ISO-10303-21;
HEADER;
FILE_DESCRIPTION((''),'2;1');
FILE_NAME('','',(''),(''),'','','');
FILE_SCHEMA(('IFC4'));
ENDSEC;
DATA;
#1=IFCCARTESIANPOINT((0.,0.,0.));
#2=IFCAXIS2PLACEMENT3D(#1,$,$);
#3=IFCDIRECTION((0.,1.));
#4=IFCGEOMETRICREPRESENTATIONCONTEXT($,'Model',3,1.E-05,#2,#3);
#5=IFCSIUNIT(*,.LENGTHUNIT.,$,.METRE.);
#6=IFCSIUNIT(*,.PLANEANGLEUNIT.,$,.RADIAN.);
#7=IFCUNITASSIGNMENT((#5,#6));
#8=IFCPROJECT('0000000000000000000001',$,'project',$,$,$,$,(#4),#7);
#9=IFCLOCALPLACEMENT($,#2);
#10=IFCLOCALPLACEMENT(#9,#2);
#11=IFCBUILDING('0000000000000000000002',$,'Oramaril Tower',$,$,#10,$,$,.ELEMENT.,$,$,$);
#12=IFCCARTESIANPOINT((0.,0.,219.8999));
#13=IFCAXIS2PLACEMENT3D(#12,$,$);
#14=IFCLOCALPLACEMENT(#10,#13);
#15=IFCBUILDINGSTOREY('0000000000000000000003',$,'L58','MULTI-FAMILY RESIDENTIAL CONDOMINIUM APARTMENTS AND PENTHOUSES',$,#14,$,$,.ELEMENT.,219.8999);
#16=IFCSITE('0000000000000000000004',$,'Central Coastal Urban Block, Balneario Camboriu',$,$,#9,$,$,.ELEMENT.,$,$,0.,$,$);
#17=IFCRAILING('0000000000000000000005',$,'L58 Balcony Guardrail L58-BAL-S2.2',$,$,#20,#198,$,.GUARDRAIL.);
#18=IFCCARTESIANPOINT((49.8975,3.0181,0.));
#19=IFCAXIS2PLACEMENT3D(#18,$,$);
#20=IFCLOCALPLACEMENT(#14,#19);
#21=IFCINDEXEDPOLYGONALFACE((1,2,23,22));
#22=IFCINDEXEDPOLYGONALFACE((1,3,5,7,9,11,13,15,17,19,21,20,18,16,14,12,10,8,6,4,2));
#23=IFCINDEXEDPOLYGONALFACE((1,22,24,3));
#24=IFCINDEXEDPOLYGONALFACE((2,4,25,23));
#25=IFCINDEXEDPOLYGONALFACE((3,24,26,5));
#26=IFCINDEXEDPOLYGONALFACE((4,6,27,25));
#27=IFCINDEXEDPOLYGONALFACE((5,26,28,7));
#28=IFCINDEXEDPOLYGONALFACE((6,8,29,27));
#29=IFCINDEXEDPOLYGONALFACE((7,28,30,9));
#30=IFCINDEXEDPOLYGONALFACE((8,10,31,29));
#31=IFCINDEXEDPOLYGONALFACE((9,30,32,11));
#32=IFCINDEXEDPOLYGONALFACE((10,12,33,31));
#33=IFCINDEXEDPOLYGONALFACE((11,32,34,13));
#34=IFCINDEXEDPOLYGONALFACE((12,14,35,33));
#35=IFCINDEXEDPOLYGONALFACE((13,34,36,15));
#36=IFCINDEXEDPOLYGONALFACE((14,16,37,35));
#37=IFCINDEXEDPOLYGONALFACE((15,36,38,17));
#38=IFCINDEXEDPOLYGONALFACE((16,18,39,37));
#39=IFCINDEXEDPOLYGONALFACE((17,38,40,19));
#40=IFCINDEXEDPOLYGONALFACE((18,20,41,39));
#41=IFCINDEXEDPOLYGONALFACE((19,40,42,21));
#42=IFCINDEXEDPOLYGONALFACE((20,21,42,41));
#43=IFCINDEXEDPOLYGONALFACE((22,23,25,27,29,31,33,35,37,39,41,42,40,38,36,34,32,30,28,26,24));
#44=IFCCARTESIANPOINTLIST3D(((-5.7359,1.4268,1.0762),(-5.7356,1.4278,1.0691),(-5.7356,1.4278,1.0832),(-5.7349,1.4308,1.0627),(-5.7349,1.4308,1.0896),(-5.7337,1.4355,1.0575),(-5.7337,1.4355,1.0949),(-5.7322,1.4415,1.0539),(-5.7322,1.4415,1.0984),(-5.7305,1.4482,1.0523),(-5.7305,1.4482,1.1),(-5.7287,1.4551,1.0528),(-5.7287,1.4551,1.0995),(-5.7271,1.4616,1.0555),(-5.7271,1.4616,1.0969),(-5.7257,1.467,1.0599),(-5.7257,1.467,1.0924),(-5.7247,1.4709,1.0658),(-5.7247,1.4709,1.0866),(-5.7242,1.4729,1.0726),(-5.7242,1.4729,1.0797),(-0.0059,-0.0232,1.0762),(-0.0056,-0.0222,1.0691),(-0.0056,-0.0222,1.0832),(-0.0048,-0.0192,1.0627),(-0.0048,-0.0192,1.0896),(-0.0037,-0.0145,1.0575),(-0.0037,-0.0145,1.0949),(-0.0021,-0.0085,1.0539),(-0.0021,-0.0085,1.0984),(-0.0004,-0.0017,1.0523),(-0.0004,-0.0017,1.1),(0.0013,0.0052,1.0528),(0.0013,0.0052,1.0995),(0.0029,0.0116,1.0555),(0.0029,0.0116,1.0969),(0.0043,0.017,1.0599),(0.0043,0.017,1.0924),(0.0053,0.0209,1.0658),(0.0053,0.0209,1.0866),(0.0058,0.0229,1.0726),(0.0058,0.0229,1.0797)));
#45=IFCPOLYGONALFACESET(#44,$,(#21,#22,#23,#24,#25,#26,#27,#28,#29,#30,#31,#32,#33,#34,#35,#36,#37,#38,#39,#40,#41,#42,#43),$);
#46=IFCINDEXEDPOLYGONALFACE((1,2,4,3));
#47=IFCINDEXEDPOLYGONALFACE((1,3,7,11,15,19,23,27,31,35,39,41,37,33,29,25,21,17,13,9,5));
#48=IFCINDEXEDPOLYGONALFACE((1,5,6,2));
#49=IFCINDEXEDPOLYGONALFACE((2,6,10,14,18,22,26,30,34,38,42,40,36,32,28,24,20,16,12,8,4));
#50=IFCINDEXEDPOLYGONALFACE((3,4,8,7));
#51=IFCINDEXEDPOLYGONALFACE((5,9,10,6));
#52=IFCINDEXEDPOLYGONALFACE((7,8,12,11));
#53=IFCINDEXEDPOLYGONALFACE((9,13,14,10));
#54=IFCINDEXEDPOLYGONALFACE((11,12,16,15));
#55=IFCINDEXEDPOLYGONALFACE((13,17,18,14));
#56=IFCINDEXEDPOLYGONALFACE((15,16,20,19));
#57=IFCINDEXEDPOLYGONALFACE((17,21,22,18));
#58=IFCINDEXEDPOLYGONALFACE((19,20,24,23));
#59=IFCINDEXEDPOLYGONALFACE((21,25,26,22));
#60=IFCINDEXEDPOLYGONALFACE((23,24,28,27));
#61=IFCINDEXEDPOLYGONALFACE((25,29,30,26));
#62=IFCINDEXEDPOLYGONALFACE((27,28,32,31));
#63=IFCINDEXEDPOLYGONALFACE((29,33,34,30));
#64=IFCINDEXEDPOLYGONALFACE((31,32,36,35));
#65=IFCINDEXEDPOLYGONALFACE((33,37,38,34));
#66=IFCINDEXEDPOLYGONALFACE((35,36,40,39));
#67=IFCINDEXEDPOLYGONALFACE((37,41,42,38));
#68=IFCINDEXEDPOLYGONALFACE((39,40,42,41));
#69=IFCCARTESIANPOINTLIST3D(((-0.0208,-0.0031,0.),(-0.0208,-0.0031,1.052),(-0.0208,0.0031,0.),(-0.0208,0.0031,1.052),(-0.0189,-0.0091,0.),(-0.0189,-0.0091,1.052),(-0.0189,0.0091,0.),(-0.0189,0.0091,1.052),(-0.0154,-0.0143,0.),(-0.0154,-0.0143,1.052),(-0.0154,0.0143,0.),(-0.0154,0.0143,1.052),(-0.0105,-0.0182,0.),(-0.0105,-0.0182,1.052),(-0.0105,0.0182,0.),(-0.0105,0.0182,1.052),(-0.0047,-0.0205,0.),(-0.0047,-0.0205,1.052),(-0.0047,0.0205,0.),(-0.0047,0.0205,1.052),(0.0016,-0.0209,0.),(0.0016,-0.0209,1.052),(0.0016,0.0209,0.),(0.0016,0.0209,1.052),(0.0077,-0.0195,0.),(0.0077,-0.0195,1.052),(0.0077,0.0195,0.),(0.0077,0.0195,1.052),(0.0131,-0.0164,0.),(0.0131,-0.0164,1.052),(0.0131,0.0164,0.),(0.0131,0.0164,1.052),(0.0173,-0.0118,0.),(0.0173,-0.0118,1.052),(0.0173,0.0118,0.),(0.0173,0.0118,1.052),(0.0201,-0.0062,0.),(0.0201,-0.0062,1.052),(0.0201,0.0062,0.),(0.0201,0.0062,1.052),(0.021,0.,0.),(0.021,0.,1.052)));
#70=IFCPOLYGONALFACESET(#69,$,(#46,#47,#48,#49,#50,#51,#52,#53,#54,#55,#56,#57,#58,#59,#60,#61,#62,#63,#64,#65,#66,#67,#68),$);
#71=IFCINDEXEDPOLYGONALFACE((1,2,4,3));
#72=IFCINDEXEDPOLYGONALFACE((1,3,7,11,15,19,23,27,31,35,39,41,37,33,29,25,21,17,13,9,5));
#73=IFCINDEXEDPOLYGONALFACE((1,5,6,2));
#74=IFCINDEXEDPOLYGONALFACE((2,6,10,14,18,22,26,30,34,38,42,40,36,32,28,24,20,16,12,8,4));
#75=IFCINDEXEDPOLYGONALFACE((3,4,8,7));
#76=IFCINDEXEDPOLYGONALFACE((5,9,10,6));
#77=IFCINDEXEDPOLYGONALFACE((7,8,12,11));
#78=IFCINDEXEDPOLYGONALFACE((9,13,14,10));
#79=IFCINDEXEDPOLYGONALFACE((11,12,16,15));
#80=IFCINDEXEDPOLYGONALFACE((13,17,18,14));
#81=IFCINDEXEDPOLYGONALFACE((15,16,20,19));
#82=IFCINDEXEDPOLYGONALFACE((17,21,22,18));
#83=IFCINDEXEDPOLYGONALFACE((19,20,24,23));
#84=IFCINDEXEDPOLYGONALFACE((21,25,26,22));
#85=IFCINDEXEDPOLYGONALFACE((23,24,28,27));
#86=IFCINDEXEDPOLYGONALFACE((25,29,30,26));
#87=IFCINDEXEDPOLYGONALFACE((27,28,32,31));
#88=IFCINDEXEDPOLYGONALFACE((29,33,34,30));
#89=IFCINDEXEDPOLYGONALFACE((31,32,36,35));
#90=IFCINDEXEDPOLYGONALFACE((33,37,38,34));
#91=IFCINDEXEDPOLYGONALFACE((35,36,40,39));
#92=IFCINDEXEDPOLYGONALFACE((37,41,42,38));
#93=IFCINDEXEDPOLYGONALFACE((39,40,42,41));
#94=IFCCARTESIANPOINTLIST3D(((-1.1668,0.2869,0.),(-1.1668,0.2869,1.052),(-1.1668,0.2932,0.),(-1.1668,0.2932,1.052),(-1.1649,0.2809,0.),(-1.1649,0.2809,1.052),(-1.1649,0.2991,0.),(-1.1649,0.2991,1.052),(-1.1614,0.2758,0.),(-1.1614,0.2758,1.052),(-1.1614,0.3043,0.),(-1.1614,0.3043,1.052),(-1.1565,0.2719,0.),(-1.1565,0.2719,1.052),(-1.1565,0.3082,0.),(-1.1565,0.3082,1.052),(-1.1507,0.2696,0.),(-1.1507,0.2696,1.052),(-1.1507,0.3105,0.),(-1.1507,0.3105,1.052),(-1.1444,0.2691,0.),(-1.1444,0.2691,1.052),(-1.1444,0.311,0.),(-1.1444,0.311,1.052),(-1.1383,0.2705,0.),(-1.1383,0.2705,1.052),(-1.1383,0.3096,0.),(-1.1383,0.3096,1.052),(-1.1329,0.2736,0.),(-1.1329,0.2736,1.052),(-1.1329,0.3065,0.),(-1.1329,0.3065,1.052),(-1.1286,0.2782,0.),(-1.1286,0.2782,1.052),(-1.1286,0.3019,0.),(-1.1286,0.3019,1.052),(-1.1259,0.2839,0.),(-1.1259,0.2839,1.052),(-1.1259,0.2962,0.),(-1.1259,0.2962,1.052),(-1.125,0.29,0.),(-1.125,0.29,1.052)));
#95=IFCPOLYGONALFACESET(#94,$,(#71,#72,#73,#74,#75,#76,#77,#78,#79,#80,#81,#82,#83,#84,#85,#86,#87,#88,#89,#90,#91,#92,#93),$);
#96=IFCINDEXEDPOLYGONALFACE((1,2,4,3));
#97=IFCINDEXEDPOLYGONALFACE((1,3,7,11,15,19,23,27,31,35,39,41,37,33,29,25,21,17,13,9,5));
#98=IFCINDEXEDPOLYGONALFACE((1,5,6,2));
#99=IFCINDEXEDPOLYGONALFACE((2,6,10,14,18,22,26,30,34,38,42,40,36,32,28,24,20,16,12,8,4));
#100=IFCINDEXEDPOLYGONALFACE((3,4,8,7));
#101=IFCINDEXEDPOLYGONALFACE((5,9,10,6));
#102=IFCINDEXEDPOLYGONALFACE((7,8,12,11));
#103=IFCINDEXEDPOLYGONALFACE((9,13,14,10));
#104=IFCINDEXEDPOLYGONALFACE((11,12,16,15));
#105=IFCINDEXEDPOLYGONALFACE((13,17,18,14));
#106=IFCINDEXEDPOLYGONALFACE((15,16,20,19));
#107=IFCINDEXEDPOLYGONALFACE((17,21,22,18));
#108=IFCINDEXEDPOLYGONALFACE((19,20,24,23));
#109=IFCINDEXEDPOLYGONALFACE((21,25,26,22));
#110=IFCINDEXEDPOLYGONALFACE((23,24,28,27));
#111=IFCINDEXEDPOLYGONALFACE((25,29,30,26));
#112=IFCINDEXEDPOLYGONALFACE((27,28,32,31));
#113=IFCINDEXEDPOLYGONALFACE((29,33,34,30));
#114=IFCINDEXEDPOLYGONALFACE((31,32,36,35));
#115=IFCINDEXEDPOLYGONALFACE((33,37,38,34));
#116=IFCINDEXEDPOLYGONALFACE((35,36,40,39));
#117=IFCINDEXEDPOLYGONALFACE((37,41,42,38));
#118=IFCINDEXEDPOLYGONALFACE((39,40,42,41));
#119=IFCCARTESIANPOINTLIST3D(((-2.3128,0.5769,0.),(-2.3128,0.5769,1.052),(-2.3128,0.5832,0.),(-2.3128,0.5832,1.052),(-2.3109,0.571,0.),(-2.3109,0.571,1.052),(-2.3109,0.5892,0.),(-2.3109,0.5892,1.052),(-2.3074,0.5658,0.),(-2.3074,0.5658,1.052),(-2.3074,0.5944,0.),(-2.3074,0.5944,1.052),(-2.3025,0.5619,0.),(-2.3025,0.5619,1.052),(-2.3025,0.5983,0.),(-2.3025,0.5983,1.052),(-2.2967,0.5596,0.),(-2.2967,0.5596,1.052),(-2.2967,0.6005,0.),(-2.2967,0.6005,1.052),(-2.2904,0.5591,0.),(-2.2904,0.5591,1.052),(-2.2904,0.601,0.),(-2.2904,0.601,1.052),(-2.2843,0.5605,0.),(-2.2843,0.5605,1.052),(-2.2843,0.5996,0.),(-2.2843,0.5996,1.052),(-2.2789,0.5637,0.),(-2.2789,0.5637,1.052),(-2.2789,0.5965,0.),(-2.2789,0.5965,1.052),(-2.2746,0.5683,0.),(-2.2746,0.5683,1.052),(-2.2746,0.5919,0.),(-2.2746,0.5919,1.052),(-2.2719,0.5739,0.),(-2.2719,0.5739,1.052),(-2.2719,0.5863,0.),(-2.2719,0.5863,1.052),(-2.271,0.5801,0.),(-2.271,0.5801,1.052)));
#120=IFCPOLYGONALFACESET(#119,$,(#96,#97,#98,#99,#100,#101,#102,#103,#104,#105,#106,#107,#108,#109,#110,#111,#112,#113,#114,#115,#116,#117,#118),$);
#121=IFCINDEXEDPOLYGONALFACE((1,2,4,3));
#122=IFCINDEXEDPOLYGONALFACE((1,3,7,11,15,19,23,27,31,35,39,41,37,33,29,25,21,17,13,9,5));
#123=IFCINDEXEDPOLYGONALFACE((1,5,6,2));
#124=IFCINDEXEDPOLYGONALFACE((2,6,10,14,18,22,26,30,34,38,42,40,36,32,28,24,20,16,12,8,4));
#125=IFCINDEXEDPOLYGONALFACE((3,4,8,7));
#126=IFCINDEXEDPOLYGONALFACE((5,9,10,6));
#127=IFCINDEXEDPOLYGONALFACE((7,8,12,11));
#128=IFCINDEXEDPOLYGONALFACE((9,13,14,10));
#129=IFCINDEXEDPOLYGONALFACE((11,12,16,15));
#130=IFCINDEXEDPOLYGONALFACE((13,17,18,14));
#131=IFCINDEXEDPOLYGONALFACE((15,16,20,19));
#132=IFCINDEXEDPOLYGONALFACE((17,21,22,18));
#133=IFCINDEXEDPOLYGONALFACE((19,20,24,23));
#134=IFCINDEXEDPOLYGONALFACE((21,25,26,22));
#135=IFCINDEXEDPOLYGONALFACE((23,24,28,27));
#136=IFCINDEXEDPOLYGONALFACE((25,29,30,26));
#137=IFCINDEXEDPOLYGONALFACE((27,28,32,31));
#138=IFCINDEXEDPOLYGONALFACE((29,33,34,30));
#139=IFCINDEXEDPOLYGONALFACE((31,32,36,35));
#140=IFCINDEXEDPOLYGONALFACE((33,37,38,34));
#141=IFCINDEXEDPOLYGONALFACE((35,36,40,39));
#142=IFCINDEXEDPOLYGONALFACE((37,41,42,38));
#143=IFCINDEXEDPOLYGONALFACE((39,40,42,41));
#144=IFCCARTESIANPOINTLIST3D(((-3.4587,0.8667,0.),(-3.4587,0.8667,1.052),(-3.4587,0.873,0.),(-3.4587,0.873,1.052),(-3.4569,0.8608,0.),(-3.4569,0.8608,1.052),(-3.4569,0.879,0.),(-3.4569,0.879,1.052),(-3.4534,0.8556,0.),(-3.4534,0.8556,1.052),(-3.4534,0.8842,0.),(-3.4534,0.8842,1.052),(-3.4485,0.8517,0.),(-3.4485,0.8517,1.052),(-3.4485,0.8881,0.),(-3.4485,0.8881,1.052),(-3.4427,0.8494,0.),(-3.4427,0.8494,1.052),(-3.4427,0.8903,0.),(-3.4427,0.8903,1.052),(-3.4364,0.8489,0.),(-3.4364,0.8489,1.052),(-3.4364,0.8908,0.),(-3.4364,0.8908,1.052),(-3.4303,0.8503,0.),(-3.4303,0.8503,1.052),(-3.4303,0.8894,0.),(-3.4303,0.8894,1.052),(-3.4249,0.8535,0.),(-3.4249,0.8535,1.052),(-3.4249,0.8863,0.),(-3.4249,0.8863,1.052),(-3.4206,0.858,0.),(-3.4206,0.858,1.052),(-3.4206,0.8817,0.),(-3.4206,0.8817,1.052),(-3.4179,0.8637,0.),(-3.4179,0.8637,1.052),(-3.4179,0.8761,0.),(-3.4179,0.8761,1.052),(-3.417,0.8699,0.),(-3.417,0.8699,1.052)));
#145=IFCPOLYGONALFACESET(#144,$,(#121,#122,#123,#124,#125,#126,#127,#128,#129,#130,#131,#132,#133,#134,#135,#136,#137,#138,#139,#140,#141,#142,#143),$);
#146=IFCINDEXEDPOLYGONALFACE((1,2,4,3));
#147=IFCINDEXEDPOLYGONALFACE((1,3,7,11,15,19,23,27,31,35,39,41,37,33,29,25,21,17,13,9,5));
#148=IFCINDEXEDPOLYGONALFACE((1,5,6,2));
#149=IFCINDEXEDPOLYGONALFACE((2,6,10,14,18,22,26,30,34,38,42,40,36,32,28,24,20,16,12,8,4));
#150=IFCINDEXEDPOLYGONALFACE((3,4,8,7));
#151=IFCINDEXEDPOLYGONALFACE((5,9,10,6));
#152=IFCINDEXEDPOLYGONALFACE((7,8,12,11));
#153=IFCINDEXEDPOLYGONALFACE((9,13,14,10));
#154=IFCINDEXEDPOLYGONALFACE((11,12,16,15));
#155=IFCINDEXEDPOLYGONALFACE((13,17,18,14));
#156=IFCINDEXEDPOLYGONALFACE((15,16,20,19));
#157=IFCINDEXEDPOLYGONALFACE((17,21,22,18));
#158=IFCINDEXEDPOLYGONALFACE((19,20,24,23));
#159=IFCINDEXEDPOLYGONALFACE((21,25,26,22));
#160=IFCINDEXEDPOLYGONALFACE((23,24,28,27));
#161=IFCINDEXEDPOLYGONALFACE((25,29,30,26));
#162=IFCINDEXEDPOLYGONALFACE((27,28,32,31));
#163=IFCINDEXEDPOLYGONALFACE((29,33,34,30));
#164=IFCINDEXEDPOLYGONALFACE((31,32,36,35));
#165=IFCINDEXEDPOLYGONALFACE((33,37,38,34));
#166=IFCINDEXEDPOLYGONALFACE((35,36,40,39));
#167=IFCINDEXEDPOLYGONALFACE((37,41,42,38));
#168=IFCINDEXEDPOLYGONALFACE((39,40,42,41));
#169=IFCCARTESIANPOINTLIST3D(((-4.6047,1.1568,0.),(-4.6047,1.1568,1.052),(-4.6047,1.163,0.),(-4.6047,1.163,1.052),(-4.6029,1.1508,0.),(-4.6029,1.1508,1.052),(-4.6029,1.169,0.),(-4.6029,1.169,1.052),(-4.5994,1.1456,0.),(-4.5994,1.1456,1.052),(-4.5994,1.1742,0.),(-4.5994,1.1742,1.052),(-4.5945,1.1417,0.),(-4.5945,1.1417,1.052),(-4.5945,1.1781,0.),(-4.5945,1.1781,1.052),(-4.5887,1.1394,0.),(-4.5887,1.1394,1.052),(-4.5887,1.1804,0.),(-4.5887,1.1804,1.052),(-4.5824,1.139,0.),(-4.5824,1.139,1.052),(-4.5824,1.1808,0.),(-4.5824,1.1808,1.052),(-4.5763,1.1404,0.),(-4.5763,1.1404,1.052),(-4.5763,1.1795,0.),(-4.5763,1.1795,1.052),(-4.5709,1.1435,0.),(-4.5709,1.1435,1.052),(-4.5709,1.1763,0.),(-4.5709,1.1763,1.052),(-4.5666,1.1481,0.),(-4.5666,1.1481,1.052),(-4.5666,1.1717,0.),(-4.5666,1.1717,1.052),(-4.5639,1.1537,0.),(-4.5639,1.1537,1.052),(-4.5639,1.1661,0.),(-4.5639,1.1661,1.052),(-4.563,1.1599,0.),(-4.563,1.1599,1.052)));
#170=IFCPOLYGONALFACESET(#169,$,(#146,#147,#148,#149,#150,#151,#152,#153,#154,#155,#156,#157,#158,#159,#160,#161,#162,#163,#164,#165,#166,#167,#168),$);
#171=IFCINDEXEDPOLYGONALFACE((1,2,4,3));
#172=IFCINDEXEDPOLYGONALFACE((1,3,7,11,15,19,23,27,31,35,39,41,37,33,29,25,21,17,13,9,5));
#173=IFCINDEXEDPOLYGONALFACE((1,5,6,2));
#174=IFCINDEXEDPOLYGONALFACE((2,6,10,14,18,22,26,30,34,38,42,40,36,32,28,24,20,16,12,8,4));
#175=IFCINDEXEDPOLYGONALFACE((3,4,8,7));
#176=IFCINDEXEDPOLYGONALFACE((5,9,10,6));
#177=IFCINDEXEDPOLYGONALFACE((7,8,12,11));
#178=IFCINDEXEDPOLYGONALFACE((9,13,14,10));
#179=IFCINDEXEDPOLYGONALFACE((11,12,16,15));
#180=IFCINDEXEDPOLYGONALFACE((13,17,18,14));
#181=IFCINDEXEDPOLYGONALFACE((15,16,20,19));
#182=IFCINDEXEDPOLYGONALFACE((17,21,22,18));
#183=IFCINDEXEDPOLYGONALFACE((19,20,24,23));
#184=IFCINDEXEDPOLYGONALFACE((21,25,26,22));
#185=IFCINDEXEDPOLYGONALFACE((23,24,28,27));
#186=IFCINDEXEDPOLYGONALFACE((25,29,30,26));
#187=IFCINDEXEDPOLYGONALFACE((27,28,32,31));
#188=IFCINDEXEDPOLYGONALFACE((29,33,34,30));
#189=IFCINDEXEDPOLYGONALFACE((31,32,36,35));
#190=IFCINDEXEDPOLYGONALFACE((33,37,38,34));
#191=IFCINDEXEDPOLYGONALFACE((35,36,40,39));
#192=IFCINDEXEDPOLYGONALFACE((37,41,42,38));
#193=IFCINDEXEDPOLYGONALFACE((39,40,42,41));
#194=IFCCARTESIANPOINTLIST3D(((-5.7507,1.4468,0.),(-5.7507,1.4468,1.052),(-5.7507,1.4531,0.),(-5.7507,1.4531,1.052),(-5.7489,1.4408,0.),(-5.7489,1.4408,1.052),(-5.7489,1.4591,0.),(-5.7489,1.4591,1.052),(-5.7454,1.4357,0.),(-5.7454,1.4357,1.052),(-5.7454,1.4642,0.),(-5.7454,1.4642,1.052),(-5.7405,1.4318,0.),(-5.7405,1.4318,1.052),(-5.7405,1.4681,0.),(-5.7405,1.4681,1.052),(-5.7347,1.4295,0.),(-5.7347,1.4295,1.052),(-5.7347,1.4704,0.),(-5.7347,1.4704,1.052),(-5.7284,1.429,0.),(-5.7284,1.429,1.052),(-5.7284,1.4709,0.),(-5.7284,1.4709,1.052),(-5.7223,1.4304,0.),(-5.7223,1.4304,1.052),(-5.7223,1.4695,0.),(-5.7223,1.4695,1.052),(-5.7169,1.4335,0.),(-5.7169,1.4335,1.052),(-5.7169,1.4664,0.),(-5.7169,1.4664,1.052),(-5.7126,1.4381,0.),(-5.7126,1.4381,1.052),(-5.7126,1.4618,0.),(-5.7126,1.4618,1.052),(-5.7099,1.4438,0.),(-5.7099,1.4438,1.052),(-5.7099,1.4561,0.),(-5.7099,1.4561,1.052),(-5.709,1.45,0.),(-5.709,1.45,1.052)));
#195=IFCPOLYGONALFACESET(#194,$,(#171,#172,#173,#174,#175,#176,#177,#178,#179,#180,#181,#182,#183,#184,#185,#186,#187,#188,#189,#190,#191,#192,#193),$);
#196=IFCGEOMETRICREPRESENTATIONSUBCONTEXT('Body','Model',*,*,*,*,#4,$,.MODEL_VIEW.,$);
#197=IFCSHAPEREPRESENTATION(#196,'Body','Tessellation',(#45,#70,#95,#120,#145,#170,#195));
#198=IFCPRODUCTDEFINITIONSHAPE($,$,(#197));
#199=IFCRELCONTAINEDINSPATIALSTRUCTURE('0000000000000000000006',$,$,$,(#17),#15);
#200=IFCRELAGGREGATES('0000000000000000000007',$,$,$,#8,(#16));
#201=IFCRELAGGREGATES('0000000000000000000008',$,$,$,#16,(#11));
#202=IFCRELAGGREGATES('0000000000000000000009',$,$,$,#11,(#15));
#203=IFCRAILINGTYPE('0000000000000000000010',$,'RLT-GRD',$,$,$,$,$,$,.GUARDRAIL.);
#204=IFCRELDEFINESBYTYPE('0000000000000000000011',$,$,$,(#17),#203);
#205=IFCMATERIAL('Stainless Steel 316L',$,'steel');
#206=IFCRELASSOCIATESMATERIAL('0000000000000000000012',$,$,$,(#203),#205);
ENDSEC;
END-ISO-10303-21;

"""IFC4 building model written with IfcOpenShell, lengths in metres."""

from ifc_helpers import new_model, si_unit, direction, frame, origin, origin_2d, place, context, subcontext, project, spatial, circle, extrude, material, type_object, element, save


model = new_model("IFC4")

# Units and contexts
model_context = context("Model", 3, precision=1e-05, world=origin(), true_north=direction((0.0, 1.0)))
body_context = subcontext(model_context, "Body", "Model", "MODEL_VIEW")
ifc_project = project(units=[si_unit("LENGTHUNIT", "METRE"), si_unit("PLANEANGLEUNIT", "RADIAN")], contexts=[model_context])

# Site, building, storey
site_placement = place(None, origin())
site = spatial("IfcSite", under=ifc_project, at=site_placement, Name="Central Coastal Urban Block, Balneario Camboriu", CompositionType="ELEMENT", RefElevation=0.0)
building_placement = place(site_placement, origin())
building = spatial("IfcBuilding", under=site, at=building_placement, Name="Oramaril Tower", CompositionType="ELEMENT")
storey_placement = place(building_placement, frame((0.0, 0.0, 219.8999)))
storey = spatial("IfcBuildingStorey", under=building, at=storey_placement, Name="L58", Description="MULTI-FAMILY RESIDENTIAL CONDOMINIUM APARTMENTS AND PENTHOUSES", CompositionType="ELEMENT", Elevation=219.8999)

# Railing
ifc_material_1 = material(Name="Stainless Steel 316L", Category="steel")
railing_type = type_object("IfcRailingType", Name="RLT-GRD", PredefinedType="GUARDRAIL", material=ifc_material_1)
railing_1_placement = place(storey_placement, frame((49.8975, 3.0181, 0.0)))
element("IfcRailing", 1, at=railing_1_placement, inside=storey, type_object=railing_type, Name="L58 Balcony Guardrail L58-BAL-S2.2", PredefinedType="GUARDRAIL", context=body_context, shape_type="SweptSolid", body=[
    extrude(circle(Radius=0.0239, at=origin_2d()), frame((0.0, 0.0, 1.0762), z_axis=(-0.969444, 0.245314, 0.0), x_axis=(-0.245314, -0.969444, 0.0)), (0.0, 0.0, 1.0), 5.9106),
    extrude(circle(Radius=0.021, at=origin_2d()), origin(), (0.0, 0.0, 1.0), 1.052),
    extrude(circle(Radius=0.021, at=origin_2d()), frame((-1.146, 0.29, 0.0)), (0.0, 0.0, 1.0), 1.052),
    extrude(circle(Radius=0.021, at=origin_2d()), frame((-2.292, 0.5801, 0.0)), (0.0, 0.0, 1.0), 1.052),
    extrude(circle(Radius=0.021, at=origin_2d()), frame((-3.438, 0.8699, 0.0)), (0.0, 0.0, 1.0), 1.052),
    extrude(circle(Radius=0.021, at=origin_2d()), frame((-4.584, 1.1599, 0.0)), (0.0, 0.0, 1.0), 1.052),
    extrude(circle(Radius=0.021, at=origin_2d()), frame((-5.73, 1.45, 0.0)), (0.0, 0.0, 1.0), 1.052),
])

save(model, "model.ifc")
